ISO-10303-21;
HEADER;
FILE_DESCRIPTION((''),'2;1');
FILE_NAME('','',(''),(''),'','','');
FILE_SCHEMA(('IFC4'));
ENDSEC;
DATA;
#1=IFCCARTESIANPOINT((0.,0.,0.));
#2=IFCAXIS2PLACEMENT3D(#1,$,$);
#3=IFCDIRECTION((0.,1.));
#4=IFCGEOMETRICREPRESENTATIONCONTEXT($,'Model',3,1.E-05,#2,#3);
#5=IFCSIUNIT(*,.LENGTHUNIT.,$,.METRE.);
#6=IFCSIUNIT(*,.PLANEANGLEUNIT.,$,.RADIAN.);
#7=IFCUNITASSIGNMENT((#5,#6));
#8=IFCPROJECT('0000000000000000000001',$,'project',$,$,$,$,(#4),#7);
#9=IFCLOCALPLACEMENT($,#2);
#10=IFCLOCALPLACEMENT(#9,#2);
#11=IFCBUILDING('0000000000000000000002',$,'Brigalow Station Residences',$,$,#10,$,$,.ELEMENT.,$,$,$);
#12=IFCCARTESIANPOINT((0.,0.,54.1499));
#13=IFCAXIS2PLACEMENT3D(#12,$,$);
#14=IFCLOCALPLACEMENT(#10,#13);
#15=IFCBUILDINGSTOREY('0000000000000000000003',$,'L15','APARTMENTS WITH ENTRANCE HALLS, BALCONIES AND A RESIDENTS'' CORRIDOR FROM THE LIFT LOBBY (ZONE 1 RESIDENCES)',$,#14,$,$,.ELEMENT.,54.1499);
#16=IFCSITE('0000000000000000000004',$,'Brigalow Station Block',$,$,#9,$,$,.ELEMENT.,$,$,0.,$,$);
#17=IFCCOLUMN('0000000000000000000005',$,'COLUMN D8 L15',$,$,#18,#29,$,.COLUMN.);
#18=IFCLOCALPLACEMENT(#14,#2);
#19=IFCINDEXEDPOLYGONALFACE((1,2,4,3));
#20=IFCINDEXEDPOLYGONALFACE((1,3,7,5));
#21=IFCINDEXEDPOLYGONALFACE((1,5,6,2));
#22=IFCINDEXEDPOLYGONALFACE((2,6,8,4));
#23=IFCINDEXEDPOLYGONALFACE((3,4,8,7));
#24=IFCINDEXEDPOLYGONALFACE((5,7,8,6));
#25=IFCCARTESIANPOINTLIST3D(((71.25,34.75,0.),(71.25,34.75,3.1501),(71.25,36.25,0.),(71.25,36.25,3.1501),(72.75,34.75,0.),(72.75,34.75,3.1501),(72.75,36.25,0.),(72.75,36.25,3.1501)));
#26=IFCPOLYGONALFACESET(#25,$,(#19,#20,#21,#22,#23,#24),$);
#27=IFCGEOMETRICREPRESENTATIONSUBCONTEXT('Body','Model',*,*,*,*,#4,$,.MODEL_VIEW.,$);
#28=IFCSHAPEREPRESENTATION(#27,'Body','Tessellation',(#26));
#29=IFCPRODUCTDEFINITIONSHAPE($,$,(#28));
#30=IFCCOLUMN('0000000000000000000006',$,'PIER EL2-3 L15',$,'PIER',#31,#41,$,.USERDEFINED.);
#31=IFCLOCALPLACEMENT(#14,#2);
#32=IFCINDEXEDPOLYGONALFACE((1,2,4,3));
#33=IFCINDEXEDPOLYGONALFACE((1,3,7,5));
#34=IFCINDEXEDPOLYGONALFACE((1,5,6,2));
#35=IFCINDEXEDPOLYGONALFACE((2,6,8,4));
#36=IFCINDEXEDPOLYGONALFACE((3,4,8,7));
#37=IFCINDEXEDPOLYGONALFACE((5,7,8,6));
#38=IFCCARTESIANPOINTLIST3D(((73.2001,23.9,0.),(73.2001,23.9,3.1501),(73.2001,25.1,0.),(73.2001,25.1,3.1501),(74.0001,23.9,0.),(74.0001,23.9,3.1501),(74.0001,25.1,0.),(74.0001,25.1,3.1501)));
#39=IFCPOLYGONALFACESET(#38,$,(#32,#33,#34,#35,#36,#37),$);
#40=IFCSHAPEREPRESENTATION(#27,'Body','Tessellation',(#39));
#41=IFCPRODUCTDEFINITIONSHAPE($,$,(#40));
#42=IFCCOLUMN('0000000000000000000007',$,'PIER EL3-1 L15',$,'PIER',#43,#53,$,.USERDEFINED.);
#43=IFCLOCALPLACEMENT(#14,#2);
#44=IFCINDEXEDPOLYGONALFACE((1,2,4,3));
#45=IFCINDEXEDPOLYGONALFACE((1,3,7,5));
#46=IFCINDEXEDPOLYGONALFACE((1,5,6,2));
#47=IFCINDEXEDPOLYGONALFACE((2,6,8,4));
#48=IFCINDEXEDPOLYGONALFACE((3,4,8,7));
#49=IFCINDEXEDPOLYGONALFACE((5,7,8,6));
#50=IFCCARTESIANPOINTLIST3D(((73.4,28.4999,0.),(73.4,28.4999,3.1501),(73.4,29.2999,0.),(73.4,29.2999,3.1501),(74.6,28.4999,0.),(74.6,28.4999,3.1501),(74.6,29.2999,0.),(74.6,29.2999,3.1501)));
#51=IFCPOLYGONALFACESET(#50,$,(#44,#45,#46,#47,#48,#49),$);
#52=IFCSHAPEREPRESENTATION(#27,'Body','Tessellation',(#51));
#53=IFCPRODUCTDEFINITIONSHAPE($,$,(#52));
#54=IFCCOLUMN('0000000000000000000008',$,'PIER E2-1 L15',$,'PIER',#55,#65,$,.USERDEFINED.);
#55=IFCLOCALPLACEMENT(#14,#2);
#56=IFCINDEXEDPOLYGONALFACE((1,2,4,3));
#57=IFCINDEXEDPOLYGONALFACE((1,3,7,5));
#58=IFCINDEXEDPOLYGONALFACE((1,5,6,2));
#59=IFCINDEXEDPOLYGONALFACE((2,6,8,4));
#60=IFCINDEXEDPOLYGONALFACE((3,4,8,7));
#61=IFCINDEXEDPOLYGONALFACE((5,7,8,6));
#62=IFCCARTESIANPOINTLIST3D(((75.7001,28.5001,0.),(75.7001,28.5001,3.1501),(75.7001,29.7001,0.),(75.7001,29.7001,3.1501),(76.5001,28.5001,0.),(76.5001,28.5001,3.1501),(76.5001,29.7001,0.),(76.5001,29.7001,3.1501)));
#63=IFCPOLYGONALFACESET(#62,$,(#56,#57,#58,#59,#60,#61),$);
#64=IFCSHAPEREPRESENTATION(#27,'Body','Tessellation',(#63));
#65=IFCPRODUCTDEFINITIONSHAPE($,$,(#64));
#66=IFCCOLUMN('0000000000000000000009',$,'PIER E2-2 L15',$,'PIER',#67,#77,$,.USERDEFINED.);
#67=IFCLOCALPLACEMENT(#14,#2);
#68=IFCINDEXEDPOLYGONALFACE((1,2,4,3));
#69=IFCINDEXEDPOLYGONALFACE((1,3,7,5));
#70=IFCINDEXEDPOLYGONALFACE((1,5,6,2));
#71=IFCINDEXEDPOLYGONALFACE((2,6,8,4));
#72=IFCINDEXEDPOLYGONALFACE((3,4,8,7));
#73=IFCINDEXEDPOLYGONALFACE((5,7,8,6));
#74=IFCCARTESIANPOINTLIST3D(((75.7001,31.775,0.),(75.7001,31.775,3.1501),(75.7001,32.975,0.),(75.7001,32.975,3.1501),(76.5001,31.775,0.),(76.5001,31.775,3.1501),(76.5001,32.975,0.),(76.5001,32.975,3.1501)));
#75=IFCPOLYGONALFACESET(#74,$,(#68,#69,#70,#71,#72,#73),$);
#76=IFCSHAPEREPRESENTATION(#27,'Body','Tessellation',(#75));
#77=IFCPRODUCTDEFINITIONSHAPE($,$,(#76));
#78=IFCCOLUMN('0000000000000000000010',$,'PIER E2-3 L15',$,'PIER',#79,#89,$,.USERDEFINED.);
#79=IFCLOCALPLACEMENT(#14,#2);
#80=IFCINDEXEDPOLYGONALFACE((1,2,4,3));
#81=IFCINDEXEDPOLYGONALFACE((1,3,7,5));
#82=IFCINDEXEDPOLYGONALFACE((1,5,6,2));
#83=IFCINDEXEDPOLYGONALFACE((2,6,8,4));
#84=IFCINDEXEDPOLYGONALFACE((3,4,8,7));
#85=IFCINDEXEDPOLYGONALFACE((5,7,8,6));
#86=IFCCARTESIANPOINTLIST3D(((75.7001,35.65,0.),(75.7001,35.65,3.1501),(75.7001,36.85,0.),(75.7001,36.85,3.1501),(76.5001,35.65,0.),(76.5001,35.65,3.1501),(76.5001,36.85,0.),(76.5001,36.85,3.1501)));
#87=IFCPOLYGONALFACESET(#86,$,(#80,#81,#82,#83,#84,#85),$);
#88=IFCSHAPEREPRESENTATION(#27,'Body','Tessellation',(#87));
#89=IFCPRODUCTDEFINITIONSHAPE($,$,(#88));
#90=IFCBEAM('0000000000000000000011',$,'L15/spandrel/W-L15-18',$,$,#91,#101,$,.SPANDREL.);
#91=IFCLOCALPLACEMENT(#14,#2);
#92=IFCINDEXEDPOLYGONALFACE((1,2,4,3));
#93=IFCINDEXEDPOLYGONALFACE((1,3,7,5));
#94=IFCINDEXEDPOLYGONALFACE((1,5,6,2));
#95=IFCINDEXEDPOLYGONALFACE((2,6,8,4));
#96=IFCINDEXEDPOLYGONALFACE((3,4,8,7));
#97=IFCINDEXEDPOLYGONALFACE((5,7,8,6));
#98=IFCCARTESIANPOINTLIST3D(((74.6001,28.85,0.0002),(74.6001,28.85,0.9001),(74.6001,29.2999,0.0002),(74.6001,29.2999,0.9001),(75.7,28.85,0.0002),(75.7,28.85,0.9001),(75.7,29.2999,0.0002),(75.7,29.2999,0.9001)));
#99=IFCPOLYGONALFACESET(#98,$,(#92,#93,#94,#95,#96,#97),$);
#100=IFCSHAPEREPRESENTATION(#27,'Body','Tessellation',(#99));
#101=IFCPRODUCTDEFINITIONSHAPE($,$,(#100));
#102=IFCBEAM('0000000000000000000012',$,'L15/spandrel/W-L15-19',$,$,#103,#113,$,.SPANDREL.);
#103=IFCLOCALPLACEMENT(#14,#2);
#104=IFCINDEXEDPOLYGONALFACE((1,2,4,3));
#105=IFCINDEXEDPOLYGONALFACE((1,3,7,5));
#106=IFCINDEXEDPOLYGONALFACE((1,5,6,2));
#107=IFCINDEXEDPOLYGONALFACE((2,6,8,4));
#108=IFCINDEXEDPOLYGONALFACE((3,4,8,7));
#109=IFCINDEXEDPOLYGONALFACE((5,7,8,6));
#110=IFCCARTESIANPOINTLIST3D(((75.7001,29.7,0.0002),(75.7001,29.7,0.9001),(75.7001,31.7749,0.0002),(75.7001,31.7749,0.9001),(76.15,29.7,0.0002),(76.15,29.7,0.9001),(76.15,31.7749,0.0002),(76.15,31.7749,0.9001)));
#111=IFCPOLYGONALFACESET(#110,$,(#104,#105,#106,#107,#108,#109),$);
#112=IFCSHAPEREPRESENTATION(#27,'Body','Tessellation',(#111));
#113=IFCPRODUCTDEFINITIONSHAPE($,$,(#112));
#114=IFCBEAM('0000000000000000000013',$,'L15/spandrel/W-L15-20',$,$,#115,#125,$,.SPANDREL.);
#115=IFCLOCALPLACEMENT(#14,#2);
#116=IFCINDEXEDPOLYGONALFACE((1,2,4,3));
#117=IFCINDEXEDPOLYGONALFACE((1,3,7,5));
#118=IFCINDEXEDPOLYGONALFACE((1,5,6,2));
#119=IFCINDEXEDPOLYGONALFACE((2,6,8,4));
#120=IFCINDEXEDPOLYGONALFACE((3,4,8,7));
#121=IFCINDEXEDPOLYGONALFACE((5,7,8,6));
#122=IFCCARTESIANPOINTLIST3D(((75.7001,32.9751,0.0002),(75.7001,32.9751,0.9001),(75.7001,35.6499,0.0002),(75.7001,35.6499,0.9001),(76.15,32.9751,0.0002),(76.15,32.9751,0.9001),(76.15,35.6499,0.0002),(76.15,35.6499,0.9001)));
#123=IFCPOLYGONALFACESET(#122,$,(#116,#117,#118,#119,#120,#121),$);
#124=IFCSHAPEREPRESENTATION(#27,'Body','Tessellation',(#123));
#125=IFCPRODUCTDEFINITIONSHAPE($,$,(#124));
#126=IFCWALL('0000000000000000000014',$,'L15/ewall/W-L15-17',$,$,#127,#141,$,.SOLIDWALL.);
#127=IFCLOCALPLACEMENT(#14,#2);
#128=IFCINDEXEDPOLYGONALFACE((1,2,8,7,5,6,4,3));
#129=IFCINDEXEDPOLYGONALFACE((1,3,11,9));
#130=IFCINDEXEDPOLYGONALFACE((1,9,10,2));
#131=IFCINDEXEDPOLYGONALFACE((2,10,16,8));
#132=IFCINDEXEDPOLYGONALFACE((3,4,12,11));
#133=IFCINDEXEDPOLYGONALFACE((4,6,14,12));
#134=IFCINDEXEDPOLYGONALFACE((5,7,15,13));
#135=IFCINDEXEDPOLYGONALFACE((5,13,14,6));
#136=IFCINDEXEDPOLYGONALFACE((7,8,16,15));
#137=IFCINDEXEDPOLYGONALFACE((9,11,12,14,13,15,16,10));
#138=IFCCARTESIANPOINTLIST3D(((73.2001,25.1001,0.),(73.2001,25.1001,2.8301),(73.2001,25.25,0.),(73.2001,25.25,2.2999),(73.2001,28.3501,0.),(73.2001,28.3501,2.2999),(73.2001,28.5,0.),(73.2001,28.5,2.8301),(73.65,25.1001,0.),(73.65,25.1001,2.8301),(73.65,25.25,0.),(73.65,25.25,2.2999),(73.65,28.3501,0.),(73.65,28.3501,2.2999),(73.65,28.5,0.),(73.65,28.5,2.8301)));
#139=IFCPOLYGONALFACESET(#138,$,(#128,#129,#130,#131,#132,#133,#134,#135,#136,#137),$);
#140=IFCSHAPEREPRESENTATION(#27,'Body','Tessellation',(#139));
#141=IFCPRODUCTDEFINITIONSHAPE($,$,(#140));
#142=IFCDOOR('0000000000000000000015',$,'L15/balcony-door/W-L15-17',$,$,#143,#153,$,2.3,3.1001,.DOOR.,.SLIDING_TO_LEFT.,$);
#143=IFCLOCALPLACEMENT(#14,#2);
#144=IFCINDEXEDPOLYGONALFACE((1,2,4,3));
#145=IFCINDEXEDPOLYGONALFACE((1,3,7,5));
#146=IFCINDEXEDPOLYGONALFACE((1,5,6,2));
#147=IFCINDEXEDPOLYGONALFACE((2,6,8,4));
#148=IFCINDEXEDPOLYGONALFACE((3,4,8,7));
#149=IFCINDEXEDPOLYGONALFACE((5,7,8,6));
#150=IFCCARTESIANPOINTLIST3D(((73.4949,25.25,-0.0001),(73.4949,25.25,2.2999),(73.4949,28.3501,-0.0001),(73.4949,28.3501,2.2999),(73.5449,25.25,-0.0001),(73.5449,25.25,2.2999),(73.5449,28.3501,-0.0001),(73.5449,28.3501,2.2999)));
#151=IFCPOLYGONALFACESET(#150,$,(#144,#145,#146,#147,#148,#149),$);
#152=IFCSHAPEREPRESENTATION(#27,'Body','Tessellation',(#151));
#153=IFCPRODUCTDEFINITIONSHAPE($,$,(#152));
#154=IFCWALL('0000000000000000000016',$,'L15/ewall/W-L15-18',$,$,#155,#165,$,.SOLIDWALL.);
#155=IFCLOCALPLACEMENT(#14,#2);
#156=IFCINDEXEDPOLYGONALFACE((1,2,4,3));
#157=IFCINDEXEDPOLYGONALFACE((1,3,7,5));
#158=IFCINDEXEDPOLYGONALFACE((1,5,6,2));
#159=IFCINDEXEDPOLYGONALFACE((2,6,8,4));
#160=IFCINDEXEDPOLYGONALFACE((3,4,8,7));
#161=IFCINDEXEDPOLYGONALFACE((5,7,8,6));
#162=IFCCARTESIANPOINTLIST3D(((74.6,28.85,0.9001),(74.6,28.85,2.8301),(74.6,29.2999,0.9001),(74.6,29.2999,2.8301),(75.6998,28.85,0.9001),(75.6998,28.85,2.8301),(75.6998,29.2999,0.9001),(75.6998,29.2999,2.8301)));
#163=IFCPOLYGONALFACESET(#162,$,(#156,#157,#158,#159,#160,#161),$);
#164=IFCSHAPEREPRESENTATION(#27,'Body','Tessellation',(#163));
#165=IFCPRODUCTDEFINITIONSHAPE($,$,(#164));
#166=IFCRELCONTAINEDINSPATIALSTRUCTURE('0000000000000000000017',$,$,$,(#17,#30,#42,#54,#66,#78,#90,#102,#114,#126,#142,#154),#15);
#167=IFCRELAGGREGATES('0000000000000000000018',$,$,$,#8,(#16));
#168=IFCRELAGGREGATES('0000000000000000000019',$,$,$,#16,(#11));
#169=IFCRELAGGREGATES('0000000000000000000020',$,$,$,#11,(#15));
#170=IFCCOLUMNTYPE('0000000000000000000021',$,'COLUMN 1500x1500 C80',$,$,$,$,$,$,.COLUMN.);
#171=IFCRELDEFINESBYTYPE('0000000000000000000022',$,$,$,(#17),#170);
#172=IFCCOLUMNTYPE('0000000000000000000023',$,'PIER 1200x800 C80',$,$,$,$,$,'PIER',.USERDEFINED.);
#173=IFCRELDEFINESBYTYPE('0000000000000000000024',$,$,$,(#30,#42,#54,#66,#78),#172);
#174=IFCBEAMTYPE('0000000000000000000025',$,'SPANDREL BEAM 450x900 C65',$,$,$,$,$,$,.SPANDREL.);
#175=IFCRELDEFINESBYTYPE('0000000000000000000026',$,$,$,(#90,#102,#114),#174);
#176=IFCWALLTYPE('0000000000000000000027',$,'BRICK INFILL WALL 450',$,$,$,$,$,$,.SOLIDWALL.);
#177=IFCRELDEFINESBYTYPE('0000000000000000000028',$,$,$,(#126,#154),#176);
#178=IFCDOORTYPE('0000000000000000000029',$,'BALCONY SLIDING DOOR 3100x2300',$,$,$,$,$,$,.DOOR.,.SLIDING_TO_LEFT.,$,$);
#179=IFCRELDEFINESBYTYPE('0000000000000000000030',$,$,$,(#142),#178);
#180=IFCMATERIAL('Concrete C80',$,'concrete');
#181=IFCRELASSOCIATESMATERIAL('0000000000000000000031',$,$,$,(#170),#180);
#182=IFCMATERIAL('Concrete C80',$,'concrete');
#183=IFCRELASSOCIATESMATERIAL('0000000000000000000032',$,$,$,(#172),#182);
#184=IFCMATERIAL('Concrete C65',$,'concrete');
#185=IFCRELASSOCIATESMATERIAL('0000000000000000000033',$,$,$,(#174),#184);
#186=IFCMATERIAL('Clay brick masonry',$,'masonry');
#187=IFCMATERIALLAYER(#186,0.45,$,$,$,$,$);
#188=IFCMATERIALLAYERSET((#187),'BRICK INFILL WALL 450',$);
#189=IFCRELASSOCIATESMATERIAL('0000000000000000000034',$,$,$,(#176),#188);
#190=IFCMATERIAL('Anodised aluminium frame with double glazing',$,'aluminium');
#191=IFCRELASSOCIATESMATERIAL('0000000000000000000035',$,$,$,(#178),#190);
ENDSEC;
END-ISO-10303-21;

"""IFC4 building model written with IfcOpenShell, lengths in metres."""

from ifc_helpers import new_model, si_unit, direction, frame, frame_2d, origin, origin_2d, place, context, subcontext, project, spatial, rectangle, extrude, material, layer, layer_set, material_profile, profile_set, type_object, element, fill, save


model = new_model("IFC4")

# Units and contexts
model_context = context("Model", 3, precision=1e-05, world=origin(), true_north=direction((0.0, 1.0)))
body_context = subcontext(model_context, "Body", "Model", "MODEL_VIEW")
ifc_project = project(units=[si_unit("LENGTHUNIT", "METRE"), si_unit("PLANEANGLEUNIT", "RADIAN")], contexts=[model_context])

# Site, building, storey
site_placement = place(None, origin())
site = spatial("IfcSite", under=ifc_project, at=site_placement, Name="Brigalow Station Block", CompositionType="ELEMENT", RefElevation=0.0)
building_placement = place(site_placement, origin())
building = spatial("IfcBuilding", under=site, at=building_placement, Name="Brigalow Station Residences", CompositionType="ELEMENT")
storey_placement = place(building_placement, frame((0.0, 0.0, 54.1499)))
storey = spatial("IfcBuildingStorey", under=building, at=storey_placement, Name="L15", Description="APARTMENTS WITH ENTRANCE HALLS, BALCONIES AND A RESIDENTS' CORRIDOR FROM THE LIFT LOBBY (ZONE 1 RESIDENCES)", CompositionType="ELEMENT", Elevation=54.1499)

# Columns
ifc_material_1 = material(Name="Concrete C80", Category="concrete")
ifc_material_profile_1 = material_profile(ifc_material_1, rectangle(XDim=1.5, YDim=1.5, at=origin_2d()), Name="RC1500x1500")
ifc_profile_set_1 = profile_set([ifc_material_profile_1], Name="Concrete C80")
column_type_1 = type_object("IfcColumnType", Name="COLUMN 1500x1500 C80", PredefinedType="COLUMN", material=ifc_profile_set_1)
column_placement = place(storey_placement, frame((72.0, 35.5, 0.0), z_axis=(0.0, 0.0, 1.0), x_axis=(1.0, 0.0, 0.0)))
element("IfcColumn", 1, at=column_placement, inside=storey, type_object=column_type_1, Name="COLUMN D8 L15", PredefinedType="COLUMN", context=body_context, shape_type="SweptSolid", body=[
    extrude(rectangle(XDim=1.5, YDim=1.5, at=origin_2d()), origin(), (0.0, 0.0, 1.0), 3.1501),
])
ifc_material_2 = material(Name="Concrete C80", Category="concrete")
ifc_material_profile_2 = material_profile(ifc_material_2, rectangle(XDim=1.2, YDim=0.8, at=origin_2d()), Name="RC1200x800")
ifc_profile_set_2 = profile_set([ifc_material_profile_2], Name="Concrete C80")
column_type_2 = type_object("IfcColumnType", Name="PIER 1200x800 C80", ElementType="PIER", PredefinedType="USERDEFINED", material=ifc_profile_set_2)
for number, where, z_axis, x_axis, name in (
    (2, (73.6001, 24.5, 0.0), (0.0, 0.0, 1.0), (0.0, 1.0, 0.0), "PIER EL2-3 L15"),
    (3, (74.0, 28.8999, 0.0), (0.0, 0.0, 1.0), (1.0, 0.0, 0.0), "PIER EL3-1 L15"),
    (4, (76.1001, 29.1001, 0.0), (0.0, 0.0, 1.0), (0.0, 1.0, 0.0), "PIER E2-1 L15"),
    (5, (76.1001, 32.375, 0.0), (0.0, 0.0, 1.0), (0.0, 1.0, 0.0), "PIER E2-2 L15"),
    (6, (76.1001, 36.25, 0.0), (0.0, 0.0, 1.0), (0.0, 1.0, 0.0), "PIER E2-3 L15"),
):
    element("IfcColumn", number, at=place(storey_placement, frame(where, z_axis=z_axis, x_axis=x_axis)), inside=storey, type_object=column_type_2, Name=name, ObjectType="PIER", PredefinedType="USERDEFINED", context=body_context, shape_type="SweptSolid", body=[
        extrude(rectangle(XDim=1.2, YDim=0.8, at=origin_2d()), origin(), (0.0, 0.0, 1.0), 3.1501),
    ])

# Beams
ifc_material_3 = material(Name="Concrete C65", Category="concrete")
ifc_material_profile_3 = material_profile(ifc_material_3, rectangle(XDim=0.45, YDim=0.8999, at=origin_2d()), Name="RC450x900")
ifc_profile_set_3 = profile_set([ifc_material_profile_3], Name="Concrete C65")
beam_type = type_object("IfcBeamType", Name="SPANDREL BEAM 450x900 C65", PredefinedType="SPANDREL", material=ifc_profile_set_3)
beam_1_placement = place(storey_placement, frame((74.6001, 29.075, 0.4502), z_axis=(1.0, 0.0, 0.0), x_axis=(0.0, 1.0, 0.0)))
element("IfcBeam", 7, at=beam_1_placement, inside=storey, type_object=beam_type, Name="L15/spandrel/W-L15-18", PredefinedType="SPANDREL", context=body_context, shape_type="SweptSolid", body=[
    extrude(rectangle(XDim=0.45, YDim=0.8999, at=origin_2d()), origin(), (0.0, 0.0, 1.0), 1.0999),
])
beam_2_placement = place(storey_placement, frame((75.925, 29.7, 0.4502), z_axis=(0.0, 1.0, 0.0), x_axis=(-1.0, 0.0, 0.0)))
element("IfcBeam", 8, at=beam_2_placement, inside=storey, type_object=beam_type, Name="L15/spandrel/W-L15-19", PredefinedType="SPANDREL", context=body_context, shape_type="SweptSolid", body=[
    extrude(rectangle(XDim=0.45, YDim=0.8999, at=origin_2d()), origin(), (0.0, 0.0, 1.0), 2.075),
])
beam_3_placement = place(storey_placement, frame((75.925, 32.9751, 0.4502), z_axis=(0.0, 1.0, 0.0), x_axis=(-1.0, 0.0, 0.0)))
element("IfcBeam", 9, at=beam_3_placement, inside=storey, type_object=beam_type, Name="L15/spandrel/W-L15-20", PredefinedType="SPANDREL", context=body_context, shape_type="SweptSolid", body=[
    extrude(rectangle(XDim=0.45, YDim=0.8999, at=origin_2d()), origin(), (0.0, 0.0, 1.0), 2.6748),
])

# Wall, opening, door
ifc_material_4 = material(Name="Clay brick masonry", Category="masonry")
ifc_layer_1 = layer(ifc_material_4, 0.45)
ifc_layer_set_1 = layer_set([ifc_layer_1], Name="BRICK INFILL WALL 450")
wall_type_1 = type_object("IfcWallType", Name="BRICK INFILL WALL 450", PredefinedType="SOLIDWALL", material=ifc_layer_set_1)
wall_1_placement = place(storey_placement, frame((73.425, 25.1001, 0.0), z_axis=(0.0, 0.0, 1.0), x_axis=(0.0, 1.0, 0.0)))
wall_1 = element("IfcWall", 10, at=wall_1_placement, inside=storey, type_object=wall_type_1, Name="L15/ewall/W-L15-17", PredefinedType="SOLIDWALL", context=body_context, shape_type="SweptSolid", body=[
    extrude(rectangle(XDim=3.3999, YDim=0.45, at=frame_2d((1.7, 0.0))), origin(), (0.0, 0.0, 1.0), 2.8301),
])
opening_1_placement = place(wall_1_placement, frame((0.1499, 0.0, 0.0)))
opening_1 = element("IfcOpeningElement", 11, at=opening_1_placement, cuts=wall_1, PredefinedType="OPENING", context=body_context, shape_type="SweptSolid", body=[
    extrude(rectangle(XDim=3.1001, YDim=2.3, at=frame_2d((1.55, 1.1499))), frame((0.0, 0.2349, 0.0), z_axis=(0.0, -1.0, 0.0), x_axis=(1.0, 0.0, 0.0)), (0.0, 0.0, 1.0), 0.47),
])
ifc_material_5 = material(Name="Anodised aluminium frame with double glazing", Category="aluminium")
door_type_1 = type_object("IfcDoorType", Name="BALCONY SLIDING DOOR 3100x2300", OperationType="SLIDING_TO_LEFT", PredefinedType="DOOR", material=ifc_material_5)
door_1_placement = place(opening_1_placement, origin())
door_1 = element("IfcDoor", 12, at=door_1_placement, inside=storey, type_object=door_type_1, Name="L15/balcony-door/W-L15-17", OperationType="SLIDING_TO_LEFT", OverallHeight=2.3, OverallWidth=3.1001, PredefinedType="DOOR", context=body_context, shape_type="SweptSolid", body=[
    extrude(rectangle(XDim=3.1001, YDim=2.3, at=frame_2d((1.55, 1.1499))), frame((0.0, -0.0698, 0.0), z_axis=(0.0, -1.0, 0.0), x_axis=(1.0, 0.0, 0.0)), (0.0, 0.0, 1.0), 0.05),
])
fill(opening_1, door_1)

# Wall
wall_2_placement = place(storey_placement, frame((74.6001, 29.075, 0.9001), z_axis=(0.0, 0.0, 1.0), x_axis=(1.0, 0.0, 0.0)))
element("IfcWall", 13, at=wall_2_placement, inside=storey, type_object=wall_type_1, Name="L15/ewall/W-L15-18", PredefinedType="SOLIDWALL", context=body_context, shape_type="SweptSolid", body=[
    extrude(rectangle(XDim=1.0999, YDim=0.45, at=frame_2d((0.5498, 0.0))), origin(), (0.0, 0.0, 1.0), 1.9299),
])

save(model, "model.ifc")
